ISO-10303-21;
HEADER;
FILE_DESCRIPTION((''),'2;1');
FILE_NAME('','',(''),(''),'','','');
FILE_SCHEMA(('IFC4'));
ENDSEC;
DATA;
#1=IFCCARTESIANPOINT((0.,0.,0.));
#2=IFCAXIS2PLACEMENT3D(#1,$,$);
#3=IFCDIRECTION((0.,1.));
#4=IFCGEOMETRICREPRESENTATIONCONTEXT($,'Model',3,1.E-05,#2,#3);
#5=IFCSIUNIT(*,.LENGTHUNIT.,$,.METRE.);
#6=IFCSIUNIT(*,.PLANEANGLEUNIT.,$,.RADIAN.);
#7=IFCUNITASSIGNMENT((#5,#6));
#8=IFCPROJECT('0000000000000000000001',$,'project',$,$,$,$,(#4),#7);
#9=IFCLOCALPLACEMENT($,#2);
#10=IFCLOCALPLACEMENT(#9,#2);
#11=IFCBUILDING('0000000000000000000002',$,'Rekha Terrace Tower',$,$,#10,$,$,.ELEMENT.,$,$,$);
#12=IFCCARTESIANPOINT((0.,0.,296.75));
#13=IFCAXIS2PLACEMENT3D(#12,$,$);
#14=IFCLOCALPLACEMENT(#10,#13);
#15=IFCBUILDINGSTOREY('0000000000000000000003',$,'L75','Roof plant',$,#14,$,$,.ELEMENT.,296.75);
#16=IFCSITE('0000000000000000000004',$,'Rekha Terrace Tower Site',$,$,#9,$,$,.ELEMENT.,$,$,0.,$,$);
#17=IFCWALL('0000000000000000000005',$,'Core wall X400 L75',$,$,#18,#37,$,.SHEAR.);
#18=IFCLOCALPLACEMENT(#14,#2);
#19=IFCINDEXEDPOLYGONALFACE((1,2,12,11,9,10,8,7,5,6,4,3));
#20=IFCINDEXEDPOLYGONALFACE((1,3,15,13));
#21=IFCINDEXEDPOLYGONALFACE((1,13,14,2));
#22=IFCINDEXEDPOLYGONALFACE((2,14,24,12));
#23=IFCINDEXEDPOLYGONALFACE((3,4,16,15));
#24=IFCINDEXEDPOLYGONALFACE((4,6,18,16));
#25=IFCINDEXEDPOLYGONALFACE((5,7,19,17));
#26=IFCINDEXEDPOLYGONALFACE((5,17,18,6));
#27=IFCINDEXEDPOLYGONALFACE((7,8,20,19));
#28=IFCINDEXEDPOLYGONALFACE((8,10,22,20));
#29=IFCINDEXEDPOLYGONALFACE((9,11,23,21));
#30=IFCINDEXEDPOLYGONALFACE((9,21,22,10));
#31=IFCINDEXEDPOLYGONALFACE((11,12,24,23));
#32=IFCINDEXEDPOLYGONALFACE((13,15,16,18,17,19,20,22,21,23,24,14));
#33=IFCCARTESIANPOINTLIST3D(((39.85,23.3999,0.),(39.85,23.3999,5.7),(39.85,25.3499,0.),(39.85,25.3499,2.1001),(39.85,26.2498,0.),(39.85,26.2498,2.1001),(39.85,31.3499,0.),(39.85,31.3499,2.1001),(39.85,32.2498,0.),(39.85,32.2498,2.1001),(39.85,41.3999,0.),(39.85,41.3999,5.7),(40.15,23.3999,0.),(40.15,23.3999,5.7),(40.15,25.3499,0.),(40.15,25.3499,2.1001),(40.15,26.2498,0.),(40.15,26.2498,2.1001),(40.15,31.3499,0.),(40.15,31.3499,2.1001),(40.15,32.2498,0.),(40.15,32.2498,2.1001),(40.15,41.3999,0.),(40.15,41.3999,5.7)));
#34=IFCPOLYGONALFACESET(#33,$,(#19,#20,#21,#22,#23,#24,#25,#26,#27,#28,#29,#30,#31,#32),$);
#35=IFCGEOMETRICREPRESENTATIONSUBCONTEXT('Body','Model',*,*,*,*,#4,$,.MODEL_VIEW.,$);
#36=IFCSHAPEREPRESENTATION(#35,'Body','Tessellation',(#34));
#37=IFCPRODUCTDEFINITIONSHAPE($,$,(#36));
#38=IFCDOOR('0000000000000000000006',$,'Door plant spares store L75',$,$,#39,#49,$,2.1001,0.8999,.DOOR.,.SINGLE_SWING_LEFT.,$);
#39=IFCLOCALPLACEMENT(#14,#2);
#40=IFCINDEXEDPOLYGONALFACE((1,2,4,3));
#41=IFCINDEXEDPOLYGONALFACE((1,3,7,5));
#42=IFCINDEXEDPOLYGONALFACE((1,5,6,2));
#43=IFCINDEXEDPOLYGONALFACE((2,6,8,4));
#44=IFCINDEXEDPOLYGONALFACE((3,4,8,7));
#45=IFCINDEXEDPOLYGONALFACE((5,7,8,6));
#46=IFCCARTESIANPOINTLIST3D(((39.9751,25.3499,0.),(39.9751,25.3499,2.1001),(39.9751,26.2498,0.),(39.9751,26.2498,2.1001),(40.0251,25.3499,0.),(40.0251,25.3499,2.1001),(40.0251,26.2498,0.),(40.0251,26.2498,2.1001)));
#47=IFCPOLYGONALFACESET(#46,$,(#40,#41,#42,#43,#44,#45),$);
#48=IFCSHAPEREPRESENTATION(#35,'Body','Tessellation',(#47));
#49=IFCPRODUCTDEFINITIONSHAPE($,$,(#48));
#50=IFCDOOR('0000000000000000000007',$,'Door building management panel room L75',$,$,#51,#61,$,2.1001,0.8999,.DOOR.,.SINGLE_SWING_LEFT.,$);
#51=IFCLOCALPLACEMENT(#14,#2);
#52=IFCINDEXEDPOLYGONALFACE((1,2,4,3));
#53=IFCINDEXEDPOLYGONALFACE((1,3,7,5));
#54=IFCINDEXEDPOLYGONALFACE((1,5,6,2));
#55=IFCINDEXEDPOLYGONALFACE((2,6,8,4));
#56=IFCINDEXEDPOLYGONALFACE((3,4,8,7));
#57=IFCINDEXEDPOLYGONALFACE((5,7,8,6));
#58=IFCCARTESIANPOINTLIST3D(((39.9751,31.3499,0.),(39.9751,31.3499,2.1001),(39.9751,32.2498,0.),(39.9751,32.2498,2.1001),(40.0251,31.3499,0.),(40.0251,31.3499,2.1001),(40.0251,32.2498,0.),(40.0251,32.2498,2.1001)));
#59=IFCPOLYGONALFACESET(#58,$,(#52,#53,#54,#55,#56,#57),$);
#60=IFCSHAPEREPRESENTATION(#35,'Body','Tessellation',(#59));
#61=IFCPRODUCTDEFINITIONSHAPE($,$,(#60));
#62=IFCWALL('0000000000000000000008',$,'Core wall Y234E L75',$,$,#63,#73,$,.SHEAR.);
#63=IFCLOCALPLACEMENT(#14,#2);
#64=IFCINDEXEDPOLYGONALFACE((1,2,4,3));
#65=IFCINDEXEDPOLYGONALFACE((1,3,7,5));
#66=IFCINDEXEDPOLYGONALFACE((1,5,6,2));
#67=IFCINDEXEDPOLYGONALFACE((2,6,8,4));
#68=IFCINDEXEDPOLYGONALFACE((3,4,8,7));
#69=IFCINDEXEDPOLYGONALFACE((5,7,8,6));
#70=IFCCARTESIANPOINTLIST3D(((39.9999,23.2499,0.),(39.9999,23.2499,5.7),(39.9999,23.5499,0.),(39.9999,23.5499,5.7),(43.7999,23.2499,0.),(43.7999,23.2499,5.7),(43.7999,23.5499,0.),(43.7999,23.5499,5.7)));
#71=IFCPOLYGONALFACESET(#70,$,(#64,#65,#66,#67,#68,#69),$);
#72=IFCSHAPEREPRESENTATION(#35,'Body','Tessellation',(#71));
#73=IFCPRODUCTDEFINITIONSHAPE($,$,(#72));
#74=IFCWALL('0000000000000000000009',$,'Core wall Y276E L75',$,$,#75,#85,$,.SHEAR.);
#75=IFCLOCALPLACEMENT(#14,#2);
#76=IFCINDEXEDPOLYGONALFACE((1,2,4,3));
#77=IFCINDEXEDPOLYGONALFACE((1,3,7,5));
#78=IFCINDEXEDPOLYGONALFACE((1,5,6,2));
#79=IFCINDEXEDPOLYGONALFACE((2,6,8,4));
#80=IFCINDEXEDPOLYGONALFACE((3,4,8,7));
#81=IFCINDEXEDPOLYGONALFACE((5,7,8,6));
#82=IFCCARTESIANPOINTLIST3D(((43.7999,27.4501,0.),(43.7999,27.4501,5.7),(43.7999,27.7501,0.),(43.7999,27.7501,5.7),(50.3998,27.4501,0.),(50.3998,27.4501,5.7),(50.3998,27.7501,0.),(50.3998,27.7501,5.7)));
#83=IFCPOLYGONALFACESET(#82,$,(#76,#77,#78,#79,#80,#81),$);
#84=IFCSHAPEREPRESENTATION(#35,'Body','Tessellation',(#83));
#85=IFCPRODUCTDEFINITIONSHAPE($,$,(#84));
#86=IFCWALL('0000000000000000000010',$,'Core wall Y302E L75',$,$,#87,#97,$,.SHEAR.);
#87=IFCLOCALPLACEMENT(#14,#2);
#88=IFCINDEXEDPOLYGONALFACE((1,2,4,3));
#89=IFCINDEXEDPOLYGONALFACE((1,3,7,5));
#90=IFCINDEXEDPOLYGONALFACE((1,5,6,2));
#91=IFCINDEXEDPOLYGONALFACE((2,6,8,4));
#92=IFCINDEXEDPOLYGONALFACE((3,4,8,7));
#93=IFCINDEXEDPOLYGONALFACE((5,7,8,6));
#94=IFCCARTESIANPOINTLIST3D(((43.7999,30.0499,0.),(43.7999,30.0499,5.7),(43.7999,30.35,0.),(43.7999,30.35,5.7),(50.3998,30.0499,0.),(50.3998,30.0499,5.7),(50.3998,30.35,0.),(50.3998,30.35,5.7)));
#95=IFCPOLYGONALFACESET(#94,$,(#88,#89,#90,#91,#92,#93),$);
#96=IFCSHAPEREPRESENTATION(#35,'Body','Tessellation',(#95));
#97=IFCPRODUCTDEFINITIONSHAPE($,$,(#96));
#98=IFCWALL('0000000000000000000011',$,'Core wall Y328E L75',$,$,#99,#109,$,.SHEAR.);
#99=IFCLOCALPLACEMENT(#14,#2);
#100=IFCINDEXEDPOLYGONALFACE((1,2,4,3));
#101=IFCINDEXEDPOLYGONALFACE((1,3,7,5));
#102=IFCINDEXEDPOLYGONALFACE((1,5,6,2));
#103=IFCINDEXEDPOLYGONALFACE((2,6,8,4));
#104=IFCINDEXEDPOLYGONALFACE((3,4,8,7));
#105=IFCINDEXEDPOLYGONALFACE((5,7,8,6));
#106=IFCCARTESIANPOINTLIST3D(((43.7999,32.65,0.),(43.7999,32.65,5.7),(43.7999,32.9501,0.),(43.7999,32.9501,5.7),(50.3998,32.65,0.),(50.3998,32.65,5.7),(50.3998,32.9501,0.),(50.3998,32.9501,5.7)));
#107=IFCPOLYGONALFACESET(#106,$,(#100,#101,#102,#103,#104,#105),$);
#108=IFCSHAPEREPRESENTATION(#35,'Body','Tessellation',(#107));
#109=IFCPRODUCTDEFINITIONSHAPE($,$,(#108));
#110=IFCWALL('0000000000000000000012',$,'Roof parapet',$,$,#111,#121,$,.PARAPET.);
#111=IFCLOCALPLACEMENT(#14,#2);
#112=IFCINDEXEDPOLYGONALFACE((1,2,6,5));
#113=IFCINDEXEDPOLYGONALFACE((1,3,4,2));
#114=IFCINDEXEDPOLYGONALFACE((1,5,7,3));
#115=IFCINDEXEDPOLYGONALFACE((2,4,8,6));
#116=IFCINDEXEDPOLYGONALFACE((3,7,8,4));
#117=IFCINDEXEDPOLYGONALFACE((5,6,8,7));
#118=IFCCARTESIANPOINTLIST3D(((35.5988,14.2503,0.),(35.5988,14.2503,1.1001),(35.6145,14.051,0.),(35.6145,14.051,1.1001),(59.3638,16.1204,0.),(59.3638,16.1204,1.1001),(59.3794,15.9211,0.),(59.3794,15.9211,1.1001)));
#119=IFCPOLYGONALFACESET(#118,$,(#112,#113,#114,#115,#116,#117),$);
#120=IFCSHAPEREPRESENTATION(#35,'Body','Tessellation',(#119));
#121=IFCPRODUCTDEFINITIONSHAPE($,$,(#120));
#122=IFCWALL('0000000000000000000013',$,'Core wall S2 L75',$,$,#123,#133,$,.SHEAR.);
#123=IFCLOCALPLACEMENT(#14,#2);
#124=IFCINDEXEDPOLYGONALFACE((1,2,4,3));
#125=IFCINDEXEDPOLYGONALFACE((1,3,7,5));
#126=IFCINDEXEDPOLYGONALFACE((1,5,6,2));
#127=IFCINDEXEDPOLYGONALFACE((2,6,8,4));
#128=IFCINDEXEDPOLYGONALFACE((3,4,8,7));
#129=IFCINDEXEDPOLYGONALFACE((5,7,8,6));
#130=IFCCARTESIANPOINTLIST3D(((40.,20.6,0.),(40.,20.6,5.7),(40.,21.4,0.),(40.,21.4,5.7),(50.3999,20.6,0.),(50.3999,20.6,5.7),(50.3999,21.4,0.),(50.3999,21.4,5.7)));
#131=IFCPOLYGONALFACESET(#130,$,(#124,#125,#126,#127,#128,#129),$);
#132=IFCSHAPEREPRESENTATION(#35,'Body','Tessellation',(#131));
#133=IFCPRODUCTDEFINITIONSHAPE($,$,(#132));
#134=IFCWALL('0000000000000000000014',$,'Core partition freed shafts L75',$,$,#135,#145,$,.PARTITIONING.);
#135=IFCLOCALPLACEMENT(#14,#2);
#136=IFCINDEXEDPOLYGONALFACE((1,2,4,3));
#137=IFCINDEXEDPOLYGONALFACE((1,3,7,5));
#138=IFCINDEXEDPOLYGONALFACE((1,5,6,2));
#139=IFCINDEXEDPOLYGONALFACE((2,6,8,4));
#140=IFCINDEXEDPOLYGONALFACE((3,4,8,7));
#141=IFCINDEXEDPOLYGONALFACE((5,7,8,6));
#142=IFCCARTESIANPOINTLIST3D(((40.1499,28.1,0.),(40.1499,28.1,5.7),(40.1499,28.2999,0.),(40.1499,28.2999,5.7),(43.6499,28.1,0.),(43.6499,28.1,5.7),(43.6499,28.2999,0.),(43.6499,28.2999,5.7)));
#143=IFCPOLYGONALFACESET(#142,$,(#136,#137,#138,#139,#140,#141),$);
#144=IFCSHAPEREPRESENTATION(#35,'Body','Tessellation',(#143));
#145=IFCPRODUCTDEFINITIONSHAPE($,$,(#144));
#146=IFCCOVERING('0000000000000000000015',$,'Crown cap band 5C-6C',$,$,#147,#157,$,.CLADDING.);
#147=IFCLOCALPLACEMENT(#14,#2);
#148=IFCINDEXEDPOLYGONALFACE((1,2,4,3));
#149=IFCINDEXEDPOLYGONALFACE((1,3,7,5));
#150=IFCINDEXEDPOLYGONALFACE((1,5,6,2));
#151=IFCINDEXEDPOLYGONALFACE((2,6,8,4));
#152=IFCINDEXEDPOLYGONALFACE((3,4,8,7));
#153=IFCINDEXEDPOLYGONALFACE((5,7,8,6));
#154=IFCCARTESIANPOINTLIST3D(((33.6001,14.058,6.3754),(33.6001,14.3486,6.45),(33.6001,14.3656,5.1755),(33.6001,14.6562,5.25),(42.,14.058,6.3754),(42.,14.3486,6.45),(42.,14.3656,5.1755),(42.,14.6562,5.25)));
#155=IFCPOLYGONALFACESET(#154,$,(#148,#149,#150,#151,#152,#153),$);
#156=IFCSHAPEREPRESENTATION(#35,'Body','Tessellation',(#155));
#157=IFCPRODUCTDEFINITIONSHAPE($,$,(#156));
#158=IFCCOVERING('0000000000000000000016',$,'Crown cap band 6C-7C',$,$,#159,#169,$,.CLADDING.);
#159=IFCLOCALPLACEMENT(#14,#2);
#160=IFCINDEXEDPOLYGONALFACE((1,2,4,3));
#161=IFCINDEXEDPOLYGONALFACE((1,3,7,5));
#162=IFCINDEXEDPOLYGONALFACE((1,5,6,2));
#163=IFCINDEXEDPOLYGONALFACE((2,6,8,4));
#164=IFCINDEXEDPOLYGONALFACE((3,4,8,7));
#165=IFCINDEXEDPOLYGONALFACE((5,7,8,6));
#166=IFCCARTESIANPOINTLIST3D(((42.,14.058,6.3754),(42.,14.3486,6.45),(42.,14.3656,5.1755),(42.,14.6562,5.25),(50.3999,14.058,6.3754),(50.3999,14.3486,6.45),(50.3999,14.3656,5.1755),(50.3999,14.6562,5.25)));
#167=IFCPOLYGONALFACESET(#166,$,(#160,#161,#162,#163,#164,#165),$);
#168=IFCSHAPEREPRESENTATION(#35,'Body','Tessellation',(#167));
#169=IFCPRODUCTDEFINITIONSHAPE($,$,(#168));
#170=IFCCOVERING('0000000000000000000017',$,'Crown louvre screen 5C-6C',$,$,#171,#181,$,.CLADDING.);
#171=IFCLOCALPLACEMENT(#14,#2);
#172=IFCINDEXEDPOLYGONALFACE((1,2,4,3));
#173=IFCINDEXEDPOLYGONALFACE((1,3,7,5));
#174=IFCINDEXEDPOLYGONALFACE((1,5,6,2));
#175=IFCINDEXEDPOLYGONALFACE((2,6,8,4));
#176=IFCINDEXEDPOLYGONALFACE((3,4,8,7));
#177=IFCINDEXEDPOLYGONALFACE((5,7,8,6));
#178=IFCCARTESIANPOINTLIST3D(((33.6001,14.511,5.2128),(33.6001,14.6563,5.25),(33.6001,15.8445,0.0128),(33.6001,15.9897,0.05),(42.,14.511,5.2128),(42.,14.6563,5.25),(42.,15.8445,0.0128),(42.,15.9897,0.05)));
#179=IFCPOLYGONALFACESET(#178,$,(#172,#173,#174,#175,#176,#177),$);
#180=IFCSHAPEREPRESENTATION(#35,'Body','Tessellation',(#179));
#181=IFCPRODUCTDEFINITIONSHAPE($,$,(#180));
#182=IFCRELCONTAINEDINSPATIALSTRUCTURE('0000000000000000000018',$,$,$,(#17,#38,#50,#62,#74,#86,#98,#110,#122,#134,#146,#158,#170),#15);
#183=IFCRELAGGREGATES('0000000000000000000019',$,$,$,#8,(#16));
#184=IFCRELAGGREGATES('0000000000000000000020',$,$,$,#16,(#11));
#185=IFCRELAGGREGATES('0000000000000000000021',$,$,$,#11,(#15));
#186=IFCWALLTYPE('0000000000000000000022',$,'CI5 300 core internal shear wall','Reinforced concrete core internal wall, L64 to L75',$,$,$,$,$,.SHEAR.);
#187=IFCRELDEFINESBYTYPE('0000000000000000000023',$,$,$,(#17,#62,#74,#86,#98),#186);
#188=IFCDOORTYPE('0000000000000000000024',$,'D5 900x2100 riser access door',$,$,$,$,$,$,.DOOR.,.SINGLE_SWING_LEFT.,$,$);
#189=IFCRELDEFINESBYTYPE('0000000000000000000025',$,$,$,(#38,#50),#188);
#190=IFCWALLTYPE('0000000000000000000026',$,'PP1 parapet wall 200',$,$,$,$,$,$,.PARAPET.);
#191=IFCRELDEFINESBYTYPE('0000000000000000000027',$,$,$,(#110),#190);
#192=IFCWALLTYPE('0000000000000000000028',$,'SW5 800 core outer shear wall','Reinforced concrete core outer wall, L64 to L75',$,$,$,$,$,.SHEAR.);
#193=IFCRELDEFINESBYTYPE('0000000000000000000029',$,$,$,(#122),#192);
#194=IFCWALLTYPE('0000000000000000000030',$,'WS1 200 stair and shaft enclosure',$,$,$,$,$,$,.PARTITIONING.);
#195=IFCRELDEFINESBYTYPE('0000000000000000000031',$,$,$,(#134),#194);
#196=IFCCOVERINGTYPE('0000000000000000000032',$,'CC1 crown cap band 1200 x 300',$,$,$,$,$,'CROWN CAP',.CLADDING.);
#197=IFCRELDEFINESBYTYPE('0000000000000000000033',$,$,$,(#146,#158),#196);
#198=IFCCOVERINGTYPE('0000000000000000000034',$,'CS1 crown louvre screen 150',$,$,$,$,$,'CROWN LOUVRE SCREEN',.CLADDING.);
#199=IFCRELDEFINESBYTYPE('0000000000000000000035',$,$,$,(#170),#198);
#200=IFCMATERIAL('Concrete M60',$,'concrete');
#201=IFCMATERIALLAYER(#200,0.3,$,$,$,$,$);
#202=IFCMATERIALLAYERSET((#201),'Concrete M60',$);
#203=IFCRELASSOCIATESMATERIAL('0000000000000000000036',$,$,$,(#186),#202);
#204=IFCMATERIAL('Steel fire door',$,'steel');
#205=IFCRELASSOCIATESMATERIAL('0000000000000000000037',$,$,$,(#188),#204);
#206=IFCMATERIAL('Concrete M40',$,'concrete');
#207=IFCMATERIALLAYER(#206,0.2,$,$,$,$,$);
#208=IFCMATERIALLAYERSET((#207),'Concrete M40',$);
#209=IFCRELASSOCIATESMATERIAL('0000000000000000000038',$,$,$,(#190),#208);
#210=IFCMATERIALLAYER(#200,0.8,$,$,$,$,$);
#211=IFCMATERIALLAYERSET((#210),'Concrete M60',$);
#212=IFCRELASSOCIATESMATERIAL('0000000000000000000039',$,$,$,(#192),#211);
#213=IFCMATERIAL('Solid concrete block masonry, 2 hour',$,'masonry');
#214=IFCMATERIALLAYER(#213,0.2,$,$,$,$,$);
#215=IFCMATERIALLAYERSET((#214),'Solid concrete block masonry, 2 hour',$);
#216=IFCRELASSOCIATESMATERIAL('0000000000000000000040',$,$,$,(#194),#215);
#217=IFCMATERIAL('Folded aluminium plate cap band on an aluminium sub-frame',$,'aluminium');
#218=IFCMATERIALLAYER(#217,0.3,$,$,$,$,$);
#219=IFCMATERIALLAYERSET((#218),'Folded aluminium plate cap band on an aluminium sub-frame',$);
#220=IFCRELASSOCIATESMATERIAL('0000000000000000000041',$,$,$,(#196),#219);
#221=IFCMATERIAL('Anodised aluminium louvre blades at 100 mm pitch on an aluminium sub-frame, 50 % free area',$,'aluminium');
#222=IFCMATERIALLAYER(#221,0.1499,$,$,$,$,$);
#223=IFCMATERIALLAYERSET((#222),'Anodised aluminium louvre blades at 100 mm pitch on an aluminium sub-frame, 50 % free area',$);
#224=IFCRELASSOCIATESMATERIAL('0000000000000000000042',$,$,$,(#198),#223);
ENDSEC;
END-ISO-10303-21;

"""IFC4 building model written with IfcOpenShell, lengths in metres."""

from ifc_helpers import new_model, si_unit, direction, frame, frame_2d, origin, place, context, subcontext, project, spatial, polyline, rectangle, outline, extrude, material, layer, layer_set, type_object, element, fill, save


model = new_model("IFC4")

# Units and contexts
model_context = context("Model", 3, precision=1e-05, world=origin(), true_north=direction((0.0, 1.0)))
body_context = subcontext(model_context, "Body", "Model", "MODEL_VIEW")
ifc_project = project(units=[si_unit("LENGTHUNIT", "METRE"), si_unit("PLANEANGLEUNIT", "RADIAN")], contexts=[model_context])

# Site, building, storey
site_placement = place(None, origin())
site = spatial("IfcSite", under=ifc_project, at=site_placement, Name="Rekha Terrace Tower Site", CompositionType="ELEMENT", RefElevation=0.0)
building_placement = place(site_placement, origin())
building = spatial("IfcBuilding", under=site, at=building_placement, Name="Rekha Terrace Tower", CompositionType="ELEMENT")
storey_placement = place(building_placement, frame((0.0, 0.0, 296.75)))
storey = spatial("IfcBuildingStorey", under=building, at=storey_placement, Name="L75", Description="Roof plant", CompositionType="ELEMENT", Elevation=296.75)

# Shared definitions
ifc_material_1 = material(Name="Concrete M60", Category="concrete")

# Shared definitions
ifc_layer_1 = layer(ifc_material_1, 0.3)
ifc_layer_set_1 = layer_set([ifc_layer_1], Name="Concrete M60")
wall_type_1 = type_object("IfcWallType", Name="CI5 300 core internal shear wall", Description="Reinforced concrete core internal wall, L64 to L75", PredefinedType="SHEAR", material=ifc_layer_set_1)

# Wall, openings, doors
wall_1_placement = place(storey_placement, frame((40.0, 23.3999, 0.0), z_axis=(0.0, 0.0, 1.0), x_axis=(0.0, 1.0, 0.0)))
wall_1 = element("IfcWall", 1, at=wall_1_placement, inside=storey, type_object=wall_type_1, Name="Core wall X400 L75", PredefinedType="SHEAR", context=body_context, shape_type="SweptSolid", body=[
    extrude(rectangle(XDim=18.0, YDim=0.3, at=frame_2d((9.0, 0.0))), origin(), (0.0, 0.0, 1.0), 5.7),
])
opening_1_placement = place(wall_1_placement, frame((1.95, 0.0, 0.0)))
opening_1 = element("IfcOpeningElement", 2, at=opening_1_placement, cuts=wall_1, PredefinedType="OPENING", context=body_context, shape_type="SweptSolid", body=[
    extrude(rectangle(XDim=0.8999, YDim=2.1001, at=frame_2d((0.45, 1.05))), frame((0.0, 0.1599, 0.0), z_axis=(0.0, -1.0, 0.0), x_axis=(1.0, 0.0, 0.0)), (0.0, 0.0, 1.0), 0.3201),
])
opening_2_placement = place(wall_1_placement, frame((7.95, 0.0, 0.0)))
opening_2 = element("IfcOpeningElement", 3, at=opening_2_placement, cuts=wall_1, PredefinedType="OPENING", context=body_context, shape_type="SweptSolid", body=[
    extrude(rectangle(XDim=0.8999, YDim=2.1001, at=frame_2d((0.45, 1.05))), frame((0.0, 0.1599, 0.0), z_axis=(0.0, -1.0, 0.0), x_axis=(1.0, 0.0, 0.0)), (0.0, 0.0, 1.0), 0.3201),
])
ifc_material_2 = material(Name="Steel fire door", Category="steel")
door_type = type_object("IfcDoorType", Name="D5 900x2100 riser access door", OperationType="SINGLE_SWING_LEFT", PredefinedType="DOOR", material=ifc_material_2)
door_1_placement = place(opening_1_placement, origin())
door_1 = element("IfcDoor", 4, at=door_1_placement, inside=storey, type_object=door_type, Name="Door plant spares store L75", OperationType="SINGLE_SWING_LEFT", OverallHeight=2.1001, OverallWidth=0.8999, PredefinedType="DOOR", context=body_context, shape_type="SweptSolid", body=[
    extrude(rectangle(XDim=0.8999, YDim=2.1001, at=frame_2d((0.45, 1.05))), frame((0.0, 0.0249, 0.0), z_axis=(0.0, -1.0, 0.0), x_axis=(1.0, 0.0, 0.0)), (0.0, 0.0, 1.0), 0.05),
])
fill(opening_1, door_1)
door_2_placement = place(opening_2_placement, origin())
door_2 = element("IfcDoor", 5, at=door_2_placement, inside=storey, type_object=door_type, Name="Door building management panel room L75", OperationType="SINGLE_SWING_LEFT", OverallHeight=2.1001, OverallWidth=0.8999, PredefinedType="DOOR", context=body_context, shape_type="SweptSolid", body=[
    extrude(rectangle(XDim=0.8999, YDim=2.1001, at=frame_2d((0.45, 1.05))), frame((0.0, 0.0249, 0.0), z_axis=(0.0, -1.0, 0.0), x_axis=(1.0, 0.0, 0.0)), (0.0, 0.0, 1.0), 0.05),
])
fill(opening_2, door_2)

# Walls
wall_2_placement = place(storey_placement, frame((40.0, 23.3999, 0.0), z_axis=(0.0, 0.0, 1.0), x_axis=(1.0, 0.0, 0.0)))
element("IfcWall", 6, at=wall_2_placement, inside=storey, type_object=wall_type_1, Name="Core wall Y234E L75", PredefinedType="SHEAR", context=body_context, shape_type="SweptSolid", body=[
    extrude(rectangle(XDim=3.8, YDim=0.3, at=frame_2d((1.8999, 0.0))), origin(), (0.0, 0.0, 1.0), 5.7),
])
for number, where, z_axis, x_axis, name in (
    (7, (43.8, 27.6001, 0.0), (0.0, 0.0, 1.0), (1.0, 0.0, 0.0), "Core wall Y276E L75"),
    (8, (43.8, 30.2, 0.0), (0.0, 0.0, 1.0), (1.0, 0.0, 0.0), "Core wall Y302E L75"),
    (9, (43.8, 32.8, 0.0), (0.0, 0.0, 1.0), (1.0, 0.0, 0.0), "Core wall Y328E L75"),
):
    element("IfcWall", number, at=place(storey_placement, frame(where, z_axis=z_axis, x_axis=x_axis)), inside=storey, type_object=wall_type_1, Name=name, PredefinedType="SHEAR", context=body_context, shape_type="SweptSolid", body=[
        extrude(rectangle(XDim=6.5999, YDim=0.3, at=frame_2d((3.2998, 0.0))), origin(), (0.0, 0.0, 1.0), 5.7),
    ])
ifc_material_3 = material(Name="Concrete M40", Category="concrete")
ifc_layer_2 = layer(ifc_material_3, 0.2)
ifc_layer_set_2 = layer_set([ifc_layer_2], Name="Concrete M40")
wall_type_2 = type_object("IfcWallType", Name="PP1 parapet wall 200", PredefinedType="PARAPET", material=ifc_layer_set_2)
wall_3_placement = place(storey_placement, frame((35.6067, 14.1506, 0.0), z_axis=(0.0, 0.0, 1.0), x_axis=(0.996918, 0.07845, 0.0)))
element("IfcWall", 10, at=wall_3_placement, inside=storey, type_object=wall_type_2, Name="Roof parapet", PredefinedType="PARAPET", context=body_context, shape_type="SweptSolid", body=[
    extrude(rectangle(XDim=23.8384, YDim=0.2, at=frame_2d((11.9192, 0.0))), origin(), (0.0, 0.0, 1.0), 1.1001),
])
ifc_layer_3 = layer(ifc_material_1, 0.8)
ifc_layer_set_3 = layer_set([ifc_layer_3], Name="Concrete M60")
wall_type_3 = type_object("IfcWallType", Name="SW5 800 core outer shear wall", Description="Reinforced concrete core outer wall, L64 to L75", PredefinedType="SHEAR", material=ifc_layer_set_3)
wall_4_placement = place(storey_placement, frame((40.0, 21.0, 0.0), z_axis=(0.0, 0.0, 1.0), x_axis=(1.0, 0.0, 0.0)))
element("IfcWall", 11, at=wall_4_placement, inside=storey, type_object=wall_type_3, Name="Core wall S2 L75", PredefinedType="SHEAR", context=body_context, shape_type="SweptSolid", body=[
    extrude(rectangle(XDim=10.3999, YDim=0.8, at=frame_2d((5.2, 0.0))), origin(), (0.0, 0.0, 1.0), 5.7),
])
ifc_material_4 = material(Name="Solid concrete block masonry, 2 hour", Category="masonry")
ifc_layer_4 = layer(ifc_material_4, 0.2)
ifc_layer_set_4 = layer_set([ifc_layer_4], Name="Solid concrete block masonry, 2 hour")
wall_type_4 = type_object("IfcWallType", Name="WS1 200 stair and shaft enclosure", PredefinedType="PARTITIONING", material=ifc_layer_set_4)
wall_5_placement = place(storey_placement, frame((40.1499, 28.2, 0.0), z_axis=(0.0, 0.0, 1.0), x_axis=(1.0, 0.0, 0.0)))
element("IfcWall", 12, at=wall_5_placement, inside=storey, type_object=wall_type_4, Name="Core partition freed shafts L75", PredefinedType="PARTITIONING", context=body_context, shape_type="SweptSolid", body=[
    extrude(rectangle(XDim=3.5, YDim=0.2, at=frame_2d((1.75, 0.0))), origin(), (0.0, 0.0, 1.0), 5.7),
])

# Coverings
ifc_material_5 = material(Name="Folded aluminium plate cap band on an aluminium sub-frame", Category="aluminium")
ifc_layer_5 = layer(ifc_material_5, 0.3)
ifc_layer_set_5 = layer_set([ifc_layer_5], Name="Folded aluminium plate cap band on an aluminium sub-frame")
covering_type_1 = type_object("IfcCoveringType", Name="CC1 crown cap band 1200 x 300", ElementType="CROWN CAP", PredefinedType="CLADDING", material=ifc_layer_set_5)
for number, where, z_axis, x_axis, name in (
    (13, (33.6001, 14.6562, 5.25), (0.0, 0.968676, 0.248328), (1.0, 0.0, 0.0), "Crown cap band 5C-6C"),
    (14, (42.0, 14.6562, 5.25), (0.0, 0.968676, 0.248328), (1.0, 0.0, 0.0), "Crown cap band 6C-7C"),
):
    element("IfcCovering", number, at=place(storey_placement, frame(where, z_axis=z_axis, x_axis=x_axis)), inside=storey, type_object=covering_type_1, Name=name, PredefinedType="CLADDING", context=body_context, shape_type="SweptSolid", body=[
        extrude(outline(polyline([(0.0, 0.0), (8.3999, 0.0), (8.3999, -1.2388), (0.0, -1.2388), (0.0, 0.0)])), origin(), (0.0, 0.0, -1.0), 0.3),
    ])
ifc_material_6 = material(Name="Anodised aluminium louvre blades at 100 mm pitch on an aluminium sub-frame, 50 % free area", Category="aluminium")
ifc_layer_6 = layer(ifc_material_6, 0.1499)
ifc_layer_set_6 = layer_set([ifc_layer_6], Name="Anodised aluminium louvre blades at 100 mm pitch on an aluminium sub-frame, 50 % free area")
covering_type_2 = type_object("IfcCoveringType", Name="CS1 crown louvre screen 150", ElementType="CROWN LOUVRE SCREEN", PredefinedType="CLADDING", material=ifc_layer_set_6)
for number, where, z_axis, x_axis, name in (
    (15, (33.6001, 15.9897, 0.05), (0.0, 0.968656, 0.248406), (1.0, 0.0, 0.0), "Crown louvre screen 5C-6C"),
):
    element("IfcCovering", number, at=place(storey_placement, frame(where, z_axis=z_axis, x_axis=x_axis)), inside=storey, type_object=covering_type_2, Name=name, PredefinedType="CLADDING", context=body_context, shape_type="SweptSolid", body=[
        extrude(outline(polyline([(0.0, 0.0), (8.3999, 0.0), (8.3999, -5.3682), (0.0, -5.3682), (0.0, 0.0)])), origin(), (0.0, 0.0, -1.0), 0.1499),
    ])

save(model, "model.ifc")
